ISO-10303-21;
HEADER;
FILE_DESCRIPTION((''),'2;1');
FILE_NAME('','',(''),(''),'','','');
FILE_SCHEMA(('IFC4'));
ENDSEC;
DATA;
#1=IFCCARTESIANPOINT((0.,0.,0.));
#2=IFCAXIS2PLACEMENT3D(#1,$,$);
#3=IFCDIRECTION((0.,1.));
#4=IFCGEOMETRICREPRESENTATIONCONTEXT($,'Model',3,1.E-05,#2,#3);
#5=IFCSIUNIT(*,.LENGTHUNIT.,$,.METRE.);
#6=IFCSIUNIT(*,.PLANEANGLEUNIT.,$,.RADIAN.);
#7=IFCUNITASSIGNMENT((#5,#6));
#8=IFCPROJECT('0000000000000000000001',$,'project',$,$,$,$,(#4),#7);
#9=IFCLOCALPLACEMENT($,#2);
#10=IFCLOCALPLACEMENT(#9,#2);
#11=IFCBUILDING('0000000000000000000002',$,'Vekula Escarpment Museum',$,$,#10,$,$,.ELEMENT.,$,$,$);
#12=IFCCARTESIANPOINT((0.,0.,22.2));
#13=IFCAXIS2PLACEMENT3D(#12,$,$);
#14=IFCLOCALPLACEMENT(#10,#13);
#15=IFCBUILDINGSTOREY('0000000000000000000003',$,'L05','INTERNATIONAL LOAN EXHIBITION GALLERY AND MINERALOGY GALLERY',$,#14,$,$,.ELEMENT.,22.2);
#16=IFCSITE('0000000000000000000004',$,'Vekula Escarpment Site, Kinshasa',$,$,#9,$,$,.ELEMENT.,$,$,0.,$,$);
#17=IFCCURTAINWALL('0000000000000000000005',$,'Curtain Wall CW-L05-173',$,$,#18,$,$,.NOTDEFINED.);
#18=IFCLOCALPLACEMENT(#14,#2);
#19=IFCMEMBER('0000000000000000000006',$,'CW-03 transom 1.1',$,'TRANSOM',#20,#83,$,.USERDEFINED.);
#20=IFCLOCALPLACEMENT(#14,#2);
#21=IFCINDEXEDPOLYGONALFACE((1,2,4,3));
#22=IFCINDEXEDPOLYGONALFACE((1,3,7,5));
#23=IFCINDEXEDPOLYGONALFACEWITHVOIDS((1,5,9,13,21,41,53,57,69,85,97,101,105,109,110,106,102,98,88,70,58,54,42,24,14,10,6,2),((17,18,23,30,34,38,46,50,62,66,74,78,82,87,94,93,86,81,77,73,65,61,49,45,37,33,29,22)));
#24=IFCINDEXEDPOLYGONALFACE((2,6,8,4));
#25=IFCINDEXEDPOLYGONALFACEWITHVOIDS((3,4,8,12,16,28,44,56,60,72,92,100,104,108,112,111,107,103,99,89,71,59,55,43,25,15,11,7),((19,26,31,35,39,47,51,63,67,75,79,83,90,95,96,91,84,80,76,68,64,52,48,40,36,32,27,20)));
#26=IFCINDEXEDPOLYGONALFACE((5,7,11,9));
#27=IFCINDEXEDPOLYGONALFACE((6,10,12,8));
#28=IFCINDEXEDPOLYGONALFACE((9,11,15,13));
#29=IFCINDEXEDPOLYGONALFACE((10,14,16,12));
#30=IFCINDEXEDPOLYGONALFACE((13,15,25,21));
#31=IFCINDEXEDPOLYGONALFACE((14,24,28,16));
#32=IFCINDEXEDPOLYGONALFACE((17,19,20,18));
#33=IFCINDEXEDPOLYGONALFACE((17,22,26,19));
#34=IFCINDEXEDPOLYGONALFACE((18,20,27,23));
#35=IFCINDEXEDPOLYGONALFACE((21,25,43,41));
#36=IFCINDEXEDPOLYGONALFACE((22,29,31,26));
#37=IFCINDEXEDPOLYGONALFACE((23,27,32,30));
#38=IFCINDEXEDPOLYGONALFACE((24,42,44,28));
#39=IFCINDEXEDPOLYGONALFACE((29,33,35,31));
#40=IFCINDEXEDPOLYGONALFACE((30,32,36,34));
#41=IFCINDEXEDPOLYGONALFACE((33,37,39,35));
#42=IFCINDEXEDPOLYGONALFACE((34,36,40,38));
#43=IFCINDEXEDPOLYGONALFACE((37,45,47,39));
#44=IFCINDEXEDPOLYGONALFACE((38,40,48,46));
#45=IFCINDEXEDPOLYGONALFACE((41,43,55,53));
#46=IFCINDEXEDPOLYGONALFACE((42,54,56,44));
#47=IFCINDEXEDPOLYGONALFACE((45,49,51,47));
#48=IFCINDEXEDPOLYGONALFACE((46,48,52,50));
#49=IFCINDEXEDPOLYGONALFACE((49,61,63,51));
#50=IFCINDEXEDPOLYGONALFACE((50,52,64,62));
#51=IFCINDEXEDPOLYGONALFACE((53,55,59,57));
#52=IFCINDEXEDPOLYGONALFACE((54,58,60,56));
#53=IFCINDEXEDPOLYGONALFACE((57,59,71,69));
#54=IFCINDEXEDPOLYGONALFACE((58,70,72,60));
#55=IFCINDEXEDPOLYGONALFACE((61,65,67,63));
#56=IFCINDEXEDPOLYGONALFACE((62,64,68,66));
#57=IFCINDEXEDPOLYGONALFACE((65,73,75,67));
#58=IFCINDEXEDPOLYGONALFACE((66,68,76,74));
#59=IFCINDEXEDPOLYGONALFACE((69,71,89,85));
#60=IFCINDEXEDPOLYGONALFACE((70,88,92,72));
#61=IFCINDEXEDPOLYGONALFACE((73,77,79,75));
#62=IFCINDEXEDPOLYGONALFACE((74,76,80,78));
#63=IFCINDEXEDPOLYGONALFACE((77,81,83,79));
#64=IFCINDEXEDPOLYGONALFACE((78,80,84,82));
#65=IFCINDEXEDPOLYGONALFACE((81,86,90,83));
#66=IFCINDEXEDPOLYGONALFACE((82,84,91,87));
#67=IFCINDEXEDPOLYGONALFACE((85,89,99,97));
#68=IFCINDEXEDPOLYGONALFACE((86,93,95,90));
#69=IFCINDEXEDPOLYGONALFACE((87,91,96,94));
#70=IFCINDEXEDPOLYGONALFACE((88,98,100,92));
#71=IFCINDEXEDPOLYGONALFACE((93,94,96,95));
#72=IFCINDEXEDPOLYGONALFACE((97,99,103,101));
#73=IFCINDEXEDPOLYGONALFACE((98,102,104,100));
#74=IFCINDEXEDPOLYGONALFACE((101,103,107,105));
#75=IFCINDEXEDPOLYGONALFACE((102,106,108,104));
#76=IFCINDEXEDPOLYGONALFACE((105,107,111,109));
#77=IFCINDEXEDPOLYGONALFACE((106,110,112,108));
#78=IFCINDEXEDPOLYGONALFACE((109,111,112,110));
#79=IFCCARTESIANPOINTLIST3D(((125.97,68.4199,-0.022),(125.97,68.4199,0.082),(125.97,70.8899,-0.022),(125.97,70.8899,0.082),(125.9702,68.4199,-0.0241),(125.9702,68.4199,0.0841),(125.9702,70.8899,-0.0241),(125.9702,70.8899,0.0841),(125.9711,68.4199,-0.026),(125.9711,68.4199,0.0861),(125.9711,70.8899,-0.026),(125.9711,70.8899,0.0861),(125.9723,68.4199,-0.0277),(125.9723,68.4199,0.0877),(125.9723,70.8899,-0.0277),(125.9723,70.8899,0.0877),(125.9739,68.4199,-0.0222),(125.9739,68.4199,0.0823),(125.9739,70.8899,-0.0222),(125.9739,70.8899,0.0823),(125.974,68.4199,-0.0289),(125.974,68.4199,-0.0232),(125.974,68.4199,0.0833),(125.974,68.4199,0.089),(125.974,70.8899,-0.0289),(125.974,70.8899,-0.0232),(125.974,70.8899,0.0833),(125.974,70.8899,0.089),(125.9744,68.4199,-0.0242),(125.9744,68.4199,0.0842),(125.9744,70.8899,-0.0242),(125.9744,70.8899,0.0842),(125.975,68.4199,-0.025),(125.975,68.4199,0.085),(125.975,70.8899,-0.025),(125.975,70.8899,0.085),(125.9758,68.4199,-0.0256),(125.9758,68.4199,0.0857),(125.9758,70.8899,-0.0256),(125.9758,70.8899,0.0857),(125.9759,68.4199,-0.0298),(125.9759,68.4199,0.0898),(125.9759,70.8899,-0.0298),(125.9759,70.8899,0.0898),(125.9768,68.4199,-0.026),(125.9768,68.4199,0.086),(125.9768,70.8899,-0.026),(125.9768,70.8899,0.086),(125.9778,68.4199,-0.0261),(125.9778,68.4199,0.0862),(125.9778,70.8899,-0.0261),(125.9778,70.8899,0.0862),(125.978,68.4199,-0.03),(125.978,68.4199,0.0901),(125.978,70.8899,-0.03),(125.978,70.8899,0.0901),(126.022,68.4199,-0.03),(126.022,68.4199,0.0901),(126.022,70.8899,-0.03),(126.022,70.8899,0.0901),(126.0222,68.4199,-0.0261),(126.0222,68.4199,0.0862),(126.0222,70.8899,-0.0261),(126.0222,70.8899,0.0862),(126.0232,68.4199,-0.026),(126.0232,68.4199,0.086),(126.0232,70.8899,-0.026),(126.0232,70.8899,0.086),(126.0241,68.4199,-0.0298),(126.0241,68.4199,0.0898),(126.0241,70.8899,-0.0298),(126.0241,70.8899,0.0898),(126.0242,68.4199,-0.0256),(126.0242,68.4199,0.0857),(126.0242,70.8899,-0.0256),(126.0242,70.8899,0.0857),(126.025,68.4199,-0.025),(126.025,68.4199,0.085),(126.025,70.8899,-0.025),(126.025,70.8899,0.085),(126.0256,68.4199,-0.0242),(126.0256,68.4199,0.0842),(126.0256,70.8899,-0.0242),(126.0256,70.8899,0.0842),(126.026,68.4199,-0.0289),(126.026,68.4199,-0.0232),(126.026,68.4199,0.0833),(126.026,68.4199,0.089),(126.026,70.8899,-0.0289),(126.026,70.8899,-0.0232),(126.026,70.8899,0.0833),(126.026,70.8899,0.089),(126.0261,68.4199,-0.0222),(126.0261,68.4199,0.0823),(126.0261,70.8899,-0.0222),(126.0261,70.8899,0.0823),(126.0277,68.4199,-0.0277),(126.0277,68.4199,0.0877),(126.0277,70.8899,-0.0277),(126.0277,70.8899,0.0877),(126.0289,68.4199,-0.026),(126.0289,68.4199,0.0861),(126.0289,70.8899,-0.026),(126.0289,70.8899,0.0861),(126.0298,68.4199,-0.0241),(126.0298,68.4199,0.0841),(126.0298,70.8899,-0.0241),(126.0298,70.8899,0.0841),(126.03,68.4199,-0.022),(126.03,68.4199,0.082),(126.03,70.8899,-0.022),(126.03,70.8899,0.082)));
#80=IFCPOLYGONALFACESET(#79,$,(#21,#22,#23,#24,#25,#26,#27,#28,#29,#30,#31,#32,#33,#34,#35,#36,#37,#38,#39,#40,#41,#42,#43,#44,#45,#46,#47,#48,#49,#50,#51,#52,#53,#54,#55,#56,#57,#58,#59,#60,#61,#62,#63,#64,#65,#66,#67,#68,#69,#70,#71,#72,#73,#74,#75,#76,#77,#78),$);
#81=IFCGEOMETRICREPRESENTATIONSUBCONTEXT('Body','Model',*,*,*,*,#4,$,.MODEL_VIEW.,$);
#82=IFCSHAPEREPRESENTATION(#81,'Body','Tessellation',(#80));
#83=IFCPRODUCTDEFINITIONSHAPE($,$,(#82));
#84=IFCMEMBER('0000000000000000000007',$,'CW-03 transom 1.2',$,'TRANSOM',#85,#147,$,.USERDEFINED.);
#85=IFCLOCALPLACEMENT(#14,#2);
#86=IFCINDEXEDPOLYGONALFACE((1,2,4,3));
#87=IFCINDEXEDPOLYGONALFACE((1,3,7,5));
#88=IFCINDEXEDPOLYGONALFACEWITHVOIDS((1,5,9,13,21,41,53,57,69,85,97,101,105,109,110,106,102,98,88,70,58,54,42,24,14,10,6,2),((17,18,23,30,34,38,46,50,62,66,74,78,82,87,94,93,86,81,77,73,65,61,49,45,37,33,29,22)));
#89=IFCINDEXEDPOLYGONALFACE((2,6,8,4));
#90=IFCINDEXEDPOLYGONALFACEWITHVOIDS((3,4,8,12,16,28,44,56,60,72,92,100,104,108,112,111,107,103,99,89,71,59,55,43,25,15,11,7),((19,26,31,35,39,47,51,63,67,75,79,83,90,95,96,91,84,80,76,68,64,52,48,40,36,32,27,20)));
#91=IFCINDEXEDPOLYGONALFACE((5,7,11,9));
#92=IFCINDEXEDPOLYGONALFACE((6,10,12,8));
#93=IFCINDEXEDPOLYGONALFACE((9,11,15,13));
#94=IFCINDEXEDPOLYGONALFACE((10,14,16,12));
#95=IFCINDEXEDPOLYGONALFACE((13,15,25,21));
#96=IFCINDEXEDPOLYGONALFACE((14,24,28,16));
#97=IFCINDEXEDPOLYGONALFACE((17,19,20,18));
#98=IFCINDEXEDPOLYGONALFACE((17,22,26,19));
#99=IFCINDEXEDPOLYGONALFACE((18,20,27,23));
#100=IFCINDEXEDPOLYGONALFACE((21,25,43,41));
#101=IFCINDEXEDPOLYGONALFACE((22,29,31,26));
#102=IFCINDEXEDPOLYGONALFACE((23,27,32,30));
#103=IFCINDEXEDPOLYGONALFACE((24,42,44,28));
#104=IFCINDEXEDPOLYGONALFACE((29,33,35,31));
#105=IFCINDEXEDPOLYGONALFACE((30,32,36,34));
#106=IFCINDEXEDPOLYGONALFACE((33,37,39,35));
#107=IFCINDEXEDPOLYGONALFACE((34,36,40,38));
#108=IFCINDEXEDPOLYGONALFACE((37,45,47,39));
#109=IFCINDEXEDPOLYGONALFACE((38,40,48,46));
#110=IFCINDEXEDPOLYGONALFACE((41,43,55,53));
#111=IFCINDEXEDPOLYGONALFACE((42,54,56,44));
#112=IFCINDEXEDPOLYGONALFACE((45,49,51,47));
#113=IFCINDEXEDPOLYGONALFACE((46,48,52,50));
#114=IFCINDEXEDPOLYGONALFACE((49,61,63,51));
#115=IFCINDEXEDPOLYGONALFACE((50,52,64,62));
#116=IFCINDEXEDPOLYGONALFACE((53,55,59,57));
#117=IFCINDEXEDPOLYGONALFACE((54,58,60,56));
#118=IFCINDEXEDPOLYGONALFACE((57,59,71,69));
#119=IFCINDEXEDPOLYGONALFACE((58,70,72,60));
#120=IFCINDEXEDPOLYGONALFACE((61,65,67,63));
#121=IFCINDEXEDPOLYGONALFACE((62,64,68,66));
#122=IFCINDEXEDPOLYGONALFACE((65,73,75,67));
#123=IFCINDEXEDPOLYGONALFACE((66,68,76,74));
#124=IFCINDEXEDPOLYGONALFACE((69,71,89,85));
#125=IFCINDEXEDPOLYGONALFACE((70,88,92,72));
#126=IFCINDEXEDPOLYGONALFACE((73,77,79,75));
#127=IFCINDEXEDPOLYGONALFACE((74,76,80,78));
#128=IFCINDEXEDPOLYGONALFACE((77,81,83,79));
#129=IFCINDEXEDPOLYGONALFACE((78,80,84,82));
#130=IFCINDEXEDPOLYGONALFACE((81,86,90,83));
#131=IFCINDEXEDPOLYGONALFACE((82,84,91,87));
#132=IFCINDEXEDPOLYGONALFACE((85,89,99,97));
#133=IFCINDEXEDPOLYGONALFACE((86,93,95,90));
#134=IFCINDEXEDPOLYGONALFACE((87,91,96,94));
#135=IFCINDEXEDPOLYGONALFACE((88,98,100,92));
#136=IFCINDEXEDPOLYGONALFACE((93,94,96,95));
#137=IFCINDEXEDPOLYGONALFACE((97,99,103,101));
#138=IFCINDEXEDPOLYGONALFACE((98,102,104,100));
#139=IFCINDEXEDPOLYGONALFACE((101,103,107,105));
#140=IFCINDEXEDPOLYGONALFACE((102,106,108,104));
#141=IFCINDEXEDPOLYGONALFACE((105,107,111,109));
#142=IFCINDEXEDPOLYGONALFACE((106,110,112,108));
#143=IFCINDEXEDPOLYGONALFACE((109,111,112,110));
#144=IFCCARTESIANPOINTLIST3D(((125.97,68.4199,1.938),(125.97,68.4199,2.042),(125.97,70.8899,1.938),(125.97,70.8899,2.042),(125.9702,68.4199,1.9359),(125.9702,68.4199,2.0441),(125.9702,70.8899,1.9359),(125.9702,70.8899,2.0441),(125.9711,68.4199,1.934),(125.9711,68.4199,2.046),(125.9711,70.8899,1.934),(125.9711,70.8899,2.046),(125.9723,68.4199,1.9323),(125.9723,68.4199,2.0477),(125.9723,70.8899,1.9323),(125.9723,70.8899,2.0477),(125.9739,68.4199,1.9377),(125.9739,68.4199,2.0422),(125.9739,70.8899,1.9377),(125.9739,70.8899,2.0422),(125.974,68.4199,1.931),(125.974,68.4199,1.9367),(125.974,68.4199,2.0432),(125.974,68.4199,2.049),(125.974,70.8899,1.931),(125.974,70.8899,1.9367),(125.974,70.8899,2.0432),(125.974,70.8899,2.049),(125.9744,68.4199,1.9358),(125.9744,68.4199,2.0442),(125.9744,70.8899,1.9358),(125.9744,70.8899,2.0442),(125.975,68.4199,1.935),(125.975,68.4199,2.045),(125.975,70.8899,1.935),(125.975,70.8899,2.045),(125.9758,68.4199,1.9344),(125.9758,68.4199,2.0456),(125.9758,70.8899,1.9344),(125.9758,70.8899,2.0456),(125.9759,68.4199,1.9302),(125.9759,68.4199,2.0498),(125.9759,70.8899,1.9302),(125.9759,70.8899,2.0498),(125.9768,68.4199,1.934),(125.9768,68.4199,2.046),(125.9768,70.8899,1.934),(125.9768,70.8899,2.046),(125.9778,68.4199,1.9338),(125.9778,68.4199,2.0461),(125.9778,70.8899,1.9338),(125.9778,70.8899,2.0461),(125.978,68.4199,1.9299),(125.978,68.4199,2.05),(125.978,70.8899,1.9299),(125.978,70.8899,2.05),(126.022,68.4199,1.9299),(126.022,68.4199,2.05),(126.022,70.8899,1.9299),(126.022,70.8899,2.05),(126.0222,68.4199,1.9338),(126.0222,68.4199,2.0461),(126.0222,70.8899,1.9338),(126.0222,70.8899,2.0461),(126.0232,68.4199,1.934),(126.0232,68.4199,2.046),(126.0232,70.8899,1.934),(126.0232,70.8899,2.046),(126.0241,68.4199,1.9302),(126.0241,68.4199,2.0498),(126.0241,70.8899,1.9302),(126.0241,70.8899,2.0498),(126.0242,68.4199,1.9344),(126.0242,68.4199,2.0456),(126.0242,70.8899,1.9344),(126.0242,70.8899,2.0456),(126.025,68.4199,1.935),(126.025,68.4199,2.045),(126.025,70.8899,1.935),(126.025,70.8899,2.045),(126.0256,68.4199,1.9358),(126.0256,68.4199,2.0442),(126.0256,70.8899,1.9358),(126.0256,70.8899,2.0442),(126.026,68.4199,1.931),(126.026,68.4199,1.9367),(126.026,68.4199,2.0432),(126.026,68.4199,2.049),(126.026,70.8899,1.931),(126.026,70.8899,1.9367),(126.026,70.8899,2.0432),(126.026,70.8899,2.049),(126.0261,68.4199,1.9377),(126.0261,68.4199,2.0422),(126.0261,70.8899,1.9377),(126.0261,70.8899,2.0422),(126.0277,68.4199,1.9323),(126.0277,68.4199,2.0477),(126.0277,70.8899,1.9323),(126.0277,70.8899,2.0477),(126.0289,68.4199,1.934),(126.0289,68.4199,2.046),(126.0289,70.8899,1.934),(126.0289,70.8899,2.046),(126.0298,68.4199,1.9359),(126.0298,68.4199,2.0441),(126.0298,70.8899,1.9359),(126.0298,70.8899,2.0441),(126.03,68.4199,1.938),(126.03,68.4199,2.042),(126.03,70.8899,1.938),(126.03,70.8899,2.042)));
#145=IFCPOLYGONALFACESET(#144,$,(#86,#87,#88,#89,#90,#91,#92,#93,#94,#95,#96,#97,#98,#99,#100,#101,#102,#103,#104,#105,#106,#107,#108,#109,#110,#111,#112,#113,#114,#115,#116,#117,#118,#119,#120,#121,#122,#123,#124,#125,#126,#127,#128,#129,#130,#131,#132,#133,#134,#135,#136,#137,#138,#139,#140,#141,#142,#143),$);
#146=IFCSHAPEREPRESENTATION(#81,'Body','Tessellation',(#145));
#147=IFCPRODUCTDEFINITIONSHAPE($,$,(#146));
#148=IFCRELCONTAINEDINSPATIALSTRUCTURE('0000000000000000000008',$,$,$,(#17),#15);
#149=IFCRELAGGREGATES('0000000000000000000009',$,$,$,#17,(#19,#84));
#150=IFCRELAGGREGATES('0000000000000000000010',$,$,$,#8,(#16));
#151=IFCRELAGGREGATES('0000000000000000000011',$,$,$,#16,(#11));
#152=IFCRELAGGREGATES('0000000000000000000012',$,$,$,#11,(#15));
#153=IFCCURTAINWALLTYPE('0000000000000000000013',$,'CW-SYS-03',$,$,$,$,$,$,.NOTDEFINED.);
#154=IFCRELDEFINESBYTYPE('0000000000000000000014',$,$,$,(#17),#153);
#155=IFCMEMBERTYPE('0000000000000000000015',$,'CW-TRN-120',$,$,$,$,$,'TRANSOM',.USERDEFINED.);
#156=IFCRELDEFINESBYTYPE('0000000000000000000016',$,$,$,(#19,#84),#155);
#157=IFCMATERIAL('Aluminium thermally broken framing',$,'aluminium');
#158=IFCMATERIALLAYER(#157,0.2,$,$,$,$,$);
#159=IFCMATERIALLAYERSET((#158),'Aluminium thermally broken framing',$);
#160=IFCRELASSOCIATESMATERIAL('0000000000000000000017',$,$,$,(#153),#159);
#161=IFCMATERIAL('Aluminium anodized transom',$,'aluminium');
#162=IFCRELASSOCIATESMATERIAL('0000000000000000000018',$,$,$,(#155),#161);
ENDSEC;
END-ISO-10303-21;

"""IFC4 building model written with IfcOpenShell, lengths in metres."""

from ifc_helpers import new_model, si_unit, direction, frame, origin, origin_2d, place, context, subcontext, project, spatial, hollow_rectangle, extrude, material, layer, layer_set, material_profile, profile_set, type_object, element, aggregate, save


model = new_model("IFC4")

# Units and contexts
model_context = context("Model", 3, precision=1e-05, world=origin(), true_north=direction((0.0, 1.0)))
body_context = subcontext(model_context, "Body", "Model", "MODEL_VIEW")
ifc_project = project(units=[si_unit("LENGTHUNIT", "METRE"), si_unit("PLANEANGLEUNIT", "RADIAN")], contexts=[model_context])

# Site, building, storey
site_placement = place(None, origin())
site = spatial("IfcSite", under=ifc_project, at=site_placement, Name="Vekula Escarpment Site, Kinshasa", CompositionType="ELEMENT", RefElevation=0.0)
building_placement = place(site_placement, origin())
building = spatial("IfcBuilding", under=site, at=building_placement, Name="Vekula Escarpment Museum", CompositionType="ELEMENT")
storey_placement = place(building_placement, frame((0.0, 0.0, 22.2)))
storey = spatial("IfcBuildingStorey", under=building, at=storey_placement, Name="L05", Description="INTERNATIONAL LOAN EXHIBITION GALLERY AND MINERALOGY GALLERY", CompositionType="ELEMENT", Elevation=22.2)

# Curtain wall, members
ifc_material_1 = material(Name="Aluminium thermally broken framing", Category="aluminium")
ifc_layer_1 = layer(ifc_material_1, 0.2)
ifc_layer_set_1 = layer_set([ifc_layer_1], Name="Aluminium thermally broken framing")
curtain_wall_type = type_object("IfcCurtainWallType", Name="CW-SYS-03", PredefinedType="NOTDEFINED", material=ifc_layer_set_1)
curtain_wall_placement = place(storey_placement, origin())
curtain_wall = element("IfcCurtainWall", 1, at=curtain_wall_placement, inside=storey, type_object=curtain_wall_type, Name="Curtain Wall CW-L05-173", PredefinedType="NOTDEFINED")
ifc_material_2 = material(Name="Aluminium anodized transom", Category="aluminium")
ifc_material_profile_1 = material_profile(ifc_material_2, hollow_rectangle(XDim=0.0601, YDim=0.1201, WallThickness=0.0039, InnerFilletRadius=0.0039, OuterFilletRadius=0.0081, at=origin_2d()), Name="ALU 120x60x4")
ifc_profile_set_1 = profile_set([ifc_material_profile_1], Name="Aluminium anodized transom")
member_type_1 = type_object("IfcMemberType", Name="CW-TRN-120", ElementType="TRANSOM", PredefinedType="USERDEFINED", material=ifc_profile_set_1)
member_1_placement = place(storey_placement, frame((126.0, 68.4199, 0.03), z_axis=(0.0, 1.0, 0.0), x_axis=(-1.0, 0.0, 0.0)))
member_1 = element("IfcMember", 2, at=member_1_placement, type_object=member_type_1, Name="CW-03 transom 1.1", ObjectType="TRANSOM", PredefinedType="USERDEFINED", context=body_context, shape_type="SweptSolid", body=[
    extrude(hollow_rectangle(XDim=0.0601, YDim=0.1201, WallThickness=0.0039, InnerFilletRadius=0.0039, OuterFilletRadius=0.0081, at=origin_2d()), origin(), (0.0, 0.0, 1.0), 2.47),
])
member_2_placement = place(storey_placement, frame((126.0, 68.4199, 1.99), z_axis=(0.0, 1.0, 0.0), x_axis=(-1.0, 0.0, 0.0)))
member_2 = element("IfcMember", 3, at=member_2_placement, type_object=member_type_1, Name="CW-03 transom 1.2", ObjectType="TRANSOM", PredefinedType="USERDEFINED", context=body_context, shape_type="SweptSolid", body=[
    extrude(hollow_rectangle(XDim=0.0601, YDim=0.1201, WallThickness=0.0039, InnerFilletRadius=0.0039, OuterFilletRadius=0.0081, at=origin_2d()), origin(), (0.0, 0.0, 1.0), 2.47),
])
aggregate(curtain_wall, [member_1, member_2])

save(model, "model.ifc")
